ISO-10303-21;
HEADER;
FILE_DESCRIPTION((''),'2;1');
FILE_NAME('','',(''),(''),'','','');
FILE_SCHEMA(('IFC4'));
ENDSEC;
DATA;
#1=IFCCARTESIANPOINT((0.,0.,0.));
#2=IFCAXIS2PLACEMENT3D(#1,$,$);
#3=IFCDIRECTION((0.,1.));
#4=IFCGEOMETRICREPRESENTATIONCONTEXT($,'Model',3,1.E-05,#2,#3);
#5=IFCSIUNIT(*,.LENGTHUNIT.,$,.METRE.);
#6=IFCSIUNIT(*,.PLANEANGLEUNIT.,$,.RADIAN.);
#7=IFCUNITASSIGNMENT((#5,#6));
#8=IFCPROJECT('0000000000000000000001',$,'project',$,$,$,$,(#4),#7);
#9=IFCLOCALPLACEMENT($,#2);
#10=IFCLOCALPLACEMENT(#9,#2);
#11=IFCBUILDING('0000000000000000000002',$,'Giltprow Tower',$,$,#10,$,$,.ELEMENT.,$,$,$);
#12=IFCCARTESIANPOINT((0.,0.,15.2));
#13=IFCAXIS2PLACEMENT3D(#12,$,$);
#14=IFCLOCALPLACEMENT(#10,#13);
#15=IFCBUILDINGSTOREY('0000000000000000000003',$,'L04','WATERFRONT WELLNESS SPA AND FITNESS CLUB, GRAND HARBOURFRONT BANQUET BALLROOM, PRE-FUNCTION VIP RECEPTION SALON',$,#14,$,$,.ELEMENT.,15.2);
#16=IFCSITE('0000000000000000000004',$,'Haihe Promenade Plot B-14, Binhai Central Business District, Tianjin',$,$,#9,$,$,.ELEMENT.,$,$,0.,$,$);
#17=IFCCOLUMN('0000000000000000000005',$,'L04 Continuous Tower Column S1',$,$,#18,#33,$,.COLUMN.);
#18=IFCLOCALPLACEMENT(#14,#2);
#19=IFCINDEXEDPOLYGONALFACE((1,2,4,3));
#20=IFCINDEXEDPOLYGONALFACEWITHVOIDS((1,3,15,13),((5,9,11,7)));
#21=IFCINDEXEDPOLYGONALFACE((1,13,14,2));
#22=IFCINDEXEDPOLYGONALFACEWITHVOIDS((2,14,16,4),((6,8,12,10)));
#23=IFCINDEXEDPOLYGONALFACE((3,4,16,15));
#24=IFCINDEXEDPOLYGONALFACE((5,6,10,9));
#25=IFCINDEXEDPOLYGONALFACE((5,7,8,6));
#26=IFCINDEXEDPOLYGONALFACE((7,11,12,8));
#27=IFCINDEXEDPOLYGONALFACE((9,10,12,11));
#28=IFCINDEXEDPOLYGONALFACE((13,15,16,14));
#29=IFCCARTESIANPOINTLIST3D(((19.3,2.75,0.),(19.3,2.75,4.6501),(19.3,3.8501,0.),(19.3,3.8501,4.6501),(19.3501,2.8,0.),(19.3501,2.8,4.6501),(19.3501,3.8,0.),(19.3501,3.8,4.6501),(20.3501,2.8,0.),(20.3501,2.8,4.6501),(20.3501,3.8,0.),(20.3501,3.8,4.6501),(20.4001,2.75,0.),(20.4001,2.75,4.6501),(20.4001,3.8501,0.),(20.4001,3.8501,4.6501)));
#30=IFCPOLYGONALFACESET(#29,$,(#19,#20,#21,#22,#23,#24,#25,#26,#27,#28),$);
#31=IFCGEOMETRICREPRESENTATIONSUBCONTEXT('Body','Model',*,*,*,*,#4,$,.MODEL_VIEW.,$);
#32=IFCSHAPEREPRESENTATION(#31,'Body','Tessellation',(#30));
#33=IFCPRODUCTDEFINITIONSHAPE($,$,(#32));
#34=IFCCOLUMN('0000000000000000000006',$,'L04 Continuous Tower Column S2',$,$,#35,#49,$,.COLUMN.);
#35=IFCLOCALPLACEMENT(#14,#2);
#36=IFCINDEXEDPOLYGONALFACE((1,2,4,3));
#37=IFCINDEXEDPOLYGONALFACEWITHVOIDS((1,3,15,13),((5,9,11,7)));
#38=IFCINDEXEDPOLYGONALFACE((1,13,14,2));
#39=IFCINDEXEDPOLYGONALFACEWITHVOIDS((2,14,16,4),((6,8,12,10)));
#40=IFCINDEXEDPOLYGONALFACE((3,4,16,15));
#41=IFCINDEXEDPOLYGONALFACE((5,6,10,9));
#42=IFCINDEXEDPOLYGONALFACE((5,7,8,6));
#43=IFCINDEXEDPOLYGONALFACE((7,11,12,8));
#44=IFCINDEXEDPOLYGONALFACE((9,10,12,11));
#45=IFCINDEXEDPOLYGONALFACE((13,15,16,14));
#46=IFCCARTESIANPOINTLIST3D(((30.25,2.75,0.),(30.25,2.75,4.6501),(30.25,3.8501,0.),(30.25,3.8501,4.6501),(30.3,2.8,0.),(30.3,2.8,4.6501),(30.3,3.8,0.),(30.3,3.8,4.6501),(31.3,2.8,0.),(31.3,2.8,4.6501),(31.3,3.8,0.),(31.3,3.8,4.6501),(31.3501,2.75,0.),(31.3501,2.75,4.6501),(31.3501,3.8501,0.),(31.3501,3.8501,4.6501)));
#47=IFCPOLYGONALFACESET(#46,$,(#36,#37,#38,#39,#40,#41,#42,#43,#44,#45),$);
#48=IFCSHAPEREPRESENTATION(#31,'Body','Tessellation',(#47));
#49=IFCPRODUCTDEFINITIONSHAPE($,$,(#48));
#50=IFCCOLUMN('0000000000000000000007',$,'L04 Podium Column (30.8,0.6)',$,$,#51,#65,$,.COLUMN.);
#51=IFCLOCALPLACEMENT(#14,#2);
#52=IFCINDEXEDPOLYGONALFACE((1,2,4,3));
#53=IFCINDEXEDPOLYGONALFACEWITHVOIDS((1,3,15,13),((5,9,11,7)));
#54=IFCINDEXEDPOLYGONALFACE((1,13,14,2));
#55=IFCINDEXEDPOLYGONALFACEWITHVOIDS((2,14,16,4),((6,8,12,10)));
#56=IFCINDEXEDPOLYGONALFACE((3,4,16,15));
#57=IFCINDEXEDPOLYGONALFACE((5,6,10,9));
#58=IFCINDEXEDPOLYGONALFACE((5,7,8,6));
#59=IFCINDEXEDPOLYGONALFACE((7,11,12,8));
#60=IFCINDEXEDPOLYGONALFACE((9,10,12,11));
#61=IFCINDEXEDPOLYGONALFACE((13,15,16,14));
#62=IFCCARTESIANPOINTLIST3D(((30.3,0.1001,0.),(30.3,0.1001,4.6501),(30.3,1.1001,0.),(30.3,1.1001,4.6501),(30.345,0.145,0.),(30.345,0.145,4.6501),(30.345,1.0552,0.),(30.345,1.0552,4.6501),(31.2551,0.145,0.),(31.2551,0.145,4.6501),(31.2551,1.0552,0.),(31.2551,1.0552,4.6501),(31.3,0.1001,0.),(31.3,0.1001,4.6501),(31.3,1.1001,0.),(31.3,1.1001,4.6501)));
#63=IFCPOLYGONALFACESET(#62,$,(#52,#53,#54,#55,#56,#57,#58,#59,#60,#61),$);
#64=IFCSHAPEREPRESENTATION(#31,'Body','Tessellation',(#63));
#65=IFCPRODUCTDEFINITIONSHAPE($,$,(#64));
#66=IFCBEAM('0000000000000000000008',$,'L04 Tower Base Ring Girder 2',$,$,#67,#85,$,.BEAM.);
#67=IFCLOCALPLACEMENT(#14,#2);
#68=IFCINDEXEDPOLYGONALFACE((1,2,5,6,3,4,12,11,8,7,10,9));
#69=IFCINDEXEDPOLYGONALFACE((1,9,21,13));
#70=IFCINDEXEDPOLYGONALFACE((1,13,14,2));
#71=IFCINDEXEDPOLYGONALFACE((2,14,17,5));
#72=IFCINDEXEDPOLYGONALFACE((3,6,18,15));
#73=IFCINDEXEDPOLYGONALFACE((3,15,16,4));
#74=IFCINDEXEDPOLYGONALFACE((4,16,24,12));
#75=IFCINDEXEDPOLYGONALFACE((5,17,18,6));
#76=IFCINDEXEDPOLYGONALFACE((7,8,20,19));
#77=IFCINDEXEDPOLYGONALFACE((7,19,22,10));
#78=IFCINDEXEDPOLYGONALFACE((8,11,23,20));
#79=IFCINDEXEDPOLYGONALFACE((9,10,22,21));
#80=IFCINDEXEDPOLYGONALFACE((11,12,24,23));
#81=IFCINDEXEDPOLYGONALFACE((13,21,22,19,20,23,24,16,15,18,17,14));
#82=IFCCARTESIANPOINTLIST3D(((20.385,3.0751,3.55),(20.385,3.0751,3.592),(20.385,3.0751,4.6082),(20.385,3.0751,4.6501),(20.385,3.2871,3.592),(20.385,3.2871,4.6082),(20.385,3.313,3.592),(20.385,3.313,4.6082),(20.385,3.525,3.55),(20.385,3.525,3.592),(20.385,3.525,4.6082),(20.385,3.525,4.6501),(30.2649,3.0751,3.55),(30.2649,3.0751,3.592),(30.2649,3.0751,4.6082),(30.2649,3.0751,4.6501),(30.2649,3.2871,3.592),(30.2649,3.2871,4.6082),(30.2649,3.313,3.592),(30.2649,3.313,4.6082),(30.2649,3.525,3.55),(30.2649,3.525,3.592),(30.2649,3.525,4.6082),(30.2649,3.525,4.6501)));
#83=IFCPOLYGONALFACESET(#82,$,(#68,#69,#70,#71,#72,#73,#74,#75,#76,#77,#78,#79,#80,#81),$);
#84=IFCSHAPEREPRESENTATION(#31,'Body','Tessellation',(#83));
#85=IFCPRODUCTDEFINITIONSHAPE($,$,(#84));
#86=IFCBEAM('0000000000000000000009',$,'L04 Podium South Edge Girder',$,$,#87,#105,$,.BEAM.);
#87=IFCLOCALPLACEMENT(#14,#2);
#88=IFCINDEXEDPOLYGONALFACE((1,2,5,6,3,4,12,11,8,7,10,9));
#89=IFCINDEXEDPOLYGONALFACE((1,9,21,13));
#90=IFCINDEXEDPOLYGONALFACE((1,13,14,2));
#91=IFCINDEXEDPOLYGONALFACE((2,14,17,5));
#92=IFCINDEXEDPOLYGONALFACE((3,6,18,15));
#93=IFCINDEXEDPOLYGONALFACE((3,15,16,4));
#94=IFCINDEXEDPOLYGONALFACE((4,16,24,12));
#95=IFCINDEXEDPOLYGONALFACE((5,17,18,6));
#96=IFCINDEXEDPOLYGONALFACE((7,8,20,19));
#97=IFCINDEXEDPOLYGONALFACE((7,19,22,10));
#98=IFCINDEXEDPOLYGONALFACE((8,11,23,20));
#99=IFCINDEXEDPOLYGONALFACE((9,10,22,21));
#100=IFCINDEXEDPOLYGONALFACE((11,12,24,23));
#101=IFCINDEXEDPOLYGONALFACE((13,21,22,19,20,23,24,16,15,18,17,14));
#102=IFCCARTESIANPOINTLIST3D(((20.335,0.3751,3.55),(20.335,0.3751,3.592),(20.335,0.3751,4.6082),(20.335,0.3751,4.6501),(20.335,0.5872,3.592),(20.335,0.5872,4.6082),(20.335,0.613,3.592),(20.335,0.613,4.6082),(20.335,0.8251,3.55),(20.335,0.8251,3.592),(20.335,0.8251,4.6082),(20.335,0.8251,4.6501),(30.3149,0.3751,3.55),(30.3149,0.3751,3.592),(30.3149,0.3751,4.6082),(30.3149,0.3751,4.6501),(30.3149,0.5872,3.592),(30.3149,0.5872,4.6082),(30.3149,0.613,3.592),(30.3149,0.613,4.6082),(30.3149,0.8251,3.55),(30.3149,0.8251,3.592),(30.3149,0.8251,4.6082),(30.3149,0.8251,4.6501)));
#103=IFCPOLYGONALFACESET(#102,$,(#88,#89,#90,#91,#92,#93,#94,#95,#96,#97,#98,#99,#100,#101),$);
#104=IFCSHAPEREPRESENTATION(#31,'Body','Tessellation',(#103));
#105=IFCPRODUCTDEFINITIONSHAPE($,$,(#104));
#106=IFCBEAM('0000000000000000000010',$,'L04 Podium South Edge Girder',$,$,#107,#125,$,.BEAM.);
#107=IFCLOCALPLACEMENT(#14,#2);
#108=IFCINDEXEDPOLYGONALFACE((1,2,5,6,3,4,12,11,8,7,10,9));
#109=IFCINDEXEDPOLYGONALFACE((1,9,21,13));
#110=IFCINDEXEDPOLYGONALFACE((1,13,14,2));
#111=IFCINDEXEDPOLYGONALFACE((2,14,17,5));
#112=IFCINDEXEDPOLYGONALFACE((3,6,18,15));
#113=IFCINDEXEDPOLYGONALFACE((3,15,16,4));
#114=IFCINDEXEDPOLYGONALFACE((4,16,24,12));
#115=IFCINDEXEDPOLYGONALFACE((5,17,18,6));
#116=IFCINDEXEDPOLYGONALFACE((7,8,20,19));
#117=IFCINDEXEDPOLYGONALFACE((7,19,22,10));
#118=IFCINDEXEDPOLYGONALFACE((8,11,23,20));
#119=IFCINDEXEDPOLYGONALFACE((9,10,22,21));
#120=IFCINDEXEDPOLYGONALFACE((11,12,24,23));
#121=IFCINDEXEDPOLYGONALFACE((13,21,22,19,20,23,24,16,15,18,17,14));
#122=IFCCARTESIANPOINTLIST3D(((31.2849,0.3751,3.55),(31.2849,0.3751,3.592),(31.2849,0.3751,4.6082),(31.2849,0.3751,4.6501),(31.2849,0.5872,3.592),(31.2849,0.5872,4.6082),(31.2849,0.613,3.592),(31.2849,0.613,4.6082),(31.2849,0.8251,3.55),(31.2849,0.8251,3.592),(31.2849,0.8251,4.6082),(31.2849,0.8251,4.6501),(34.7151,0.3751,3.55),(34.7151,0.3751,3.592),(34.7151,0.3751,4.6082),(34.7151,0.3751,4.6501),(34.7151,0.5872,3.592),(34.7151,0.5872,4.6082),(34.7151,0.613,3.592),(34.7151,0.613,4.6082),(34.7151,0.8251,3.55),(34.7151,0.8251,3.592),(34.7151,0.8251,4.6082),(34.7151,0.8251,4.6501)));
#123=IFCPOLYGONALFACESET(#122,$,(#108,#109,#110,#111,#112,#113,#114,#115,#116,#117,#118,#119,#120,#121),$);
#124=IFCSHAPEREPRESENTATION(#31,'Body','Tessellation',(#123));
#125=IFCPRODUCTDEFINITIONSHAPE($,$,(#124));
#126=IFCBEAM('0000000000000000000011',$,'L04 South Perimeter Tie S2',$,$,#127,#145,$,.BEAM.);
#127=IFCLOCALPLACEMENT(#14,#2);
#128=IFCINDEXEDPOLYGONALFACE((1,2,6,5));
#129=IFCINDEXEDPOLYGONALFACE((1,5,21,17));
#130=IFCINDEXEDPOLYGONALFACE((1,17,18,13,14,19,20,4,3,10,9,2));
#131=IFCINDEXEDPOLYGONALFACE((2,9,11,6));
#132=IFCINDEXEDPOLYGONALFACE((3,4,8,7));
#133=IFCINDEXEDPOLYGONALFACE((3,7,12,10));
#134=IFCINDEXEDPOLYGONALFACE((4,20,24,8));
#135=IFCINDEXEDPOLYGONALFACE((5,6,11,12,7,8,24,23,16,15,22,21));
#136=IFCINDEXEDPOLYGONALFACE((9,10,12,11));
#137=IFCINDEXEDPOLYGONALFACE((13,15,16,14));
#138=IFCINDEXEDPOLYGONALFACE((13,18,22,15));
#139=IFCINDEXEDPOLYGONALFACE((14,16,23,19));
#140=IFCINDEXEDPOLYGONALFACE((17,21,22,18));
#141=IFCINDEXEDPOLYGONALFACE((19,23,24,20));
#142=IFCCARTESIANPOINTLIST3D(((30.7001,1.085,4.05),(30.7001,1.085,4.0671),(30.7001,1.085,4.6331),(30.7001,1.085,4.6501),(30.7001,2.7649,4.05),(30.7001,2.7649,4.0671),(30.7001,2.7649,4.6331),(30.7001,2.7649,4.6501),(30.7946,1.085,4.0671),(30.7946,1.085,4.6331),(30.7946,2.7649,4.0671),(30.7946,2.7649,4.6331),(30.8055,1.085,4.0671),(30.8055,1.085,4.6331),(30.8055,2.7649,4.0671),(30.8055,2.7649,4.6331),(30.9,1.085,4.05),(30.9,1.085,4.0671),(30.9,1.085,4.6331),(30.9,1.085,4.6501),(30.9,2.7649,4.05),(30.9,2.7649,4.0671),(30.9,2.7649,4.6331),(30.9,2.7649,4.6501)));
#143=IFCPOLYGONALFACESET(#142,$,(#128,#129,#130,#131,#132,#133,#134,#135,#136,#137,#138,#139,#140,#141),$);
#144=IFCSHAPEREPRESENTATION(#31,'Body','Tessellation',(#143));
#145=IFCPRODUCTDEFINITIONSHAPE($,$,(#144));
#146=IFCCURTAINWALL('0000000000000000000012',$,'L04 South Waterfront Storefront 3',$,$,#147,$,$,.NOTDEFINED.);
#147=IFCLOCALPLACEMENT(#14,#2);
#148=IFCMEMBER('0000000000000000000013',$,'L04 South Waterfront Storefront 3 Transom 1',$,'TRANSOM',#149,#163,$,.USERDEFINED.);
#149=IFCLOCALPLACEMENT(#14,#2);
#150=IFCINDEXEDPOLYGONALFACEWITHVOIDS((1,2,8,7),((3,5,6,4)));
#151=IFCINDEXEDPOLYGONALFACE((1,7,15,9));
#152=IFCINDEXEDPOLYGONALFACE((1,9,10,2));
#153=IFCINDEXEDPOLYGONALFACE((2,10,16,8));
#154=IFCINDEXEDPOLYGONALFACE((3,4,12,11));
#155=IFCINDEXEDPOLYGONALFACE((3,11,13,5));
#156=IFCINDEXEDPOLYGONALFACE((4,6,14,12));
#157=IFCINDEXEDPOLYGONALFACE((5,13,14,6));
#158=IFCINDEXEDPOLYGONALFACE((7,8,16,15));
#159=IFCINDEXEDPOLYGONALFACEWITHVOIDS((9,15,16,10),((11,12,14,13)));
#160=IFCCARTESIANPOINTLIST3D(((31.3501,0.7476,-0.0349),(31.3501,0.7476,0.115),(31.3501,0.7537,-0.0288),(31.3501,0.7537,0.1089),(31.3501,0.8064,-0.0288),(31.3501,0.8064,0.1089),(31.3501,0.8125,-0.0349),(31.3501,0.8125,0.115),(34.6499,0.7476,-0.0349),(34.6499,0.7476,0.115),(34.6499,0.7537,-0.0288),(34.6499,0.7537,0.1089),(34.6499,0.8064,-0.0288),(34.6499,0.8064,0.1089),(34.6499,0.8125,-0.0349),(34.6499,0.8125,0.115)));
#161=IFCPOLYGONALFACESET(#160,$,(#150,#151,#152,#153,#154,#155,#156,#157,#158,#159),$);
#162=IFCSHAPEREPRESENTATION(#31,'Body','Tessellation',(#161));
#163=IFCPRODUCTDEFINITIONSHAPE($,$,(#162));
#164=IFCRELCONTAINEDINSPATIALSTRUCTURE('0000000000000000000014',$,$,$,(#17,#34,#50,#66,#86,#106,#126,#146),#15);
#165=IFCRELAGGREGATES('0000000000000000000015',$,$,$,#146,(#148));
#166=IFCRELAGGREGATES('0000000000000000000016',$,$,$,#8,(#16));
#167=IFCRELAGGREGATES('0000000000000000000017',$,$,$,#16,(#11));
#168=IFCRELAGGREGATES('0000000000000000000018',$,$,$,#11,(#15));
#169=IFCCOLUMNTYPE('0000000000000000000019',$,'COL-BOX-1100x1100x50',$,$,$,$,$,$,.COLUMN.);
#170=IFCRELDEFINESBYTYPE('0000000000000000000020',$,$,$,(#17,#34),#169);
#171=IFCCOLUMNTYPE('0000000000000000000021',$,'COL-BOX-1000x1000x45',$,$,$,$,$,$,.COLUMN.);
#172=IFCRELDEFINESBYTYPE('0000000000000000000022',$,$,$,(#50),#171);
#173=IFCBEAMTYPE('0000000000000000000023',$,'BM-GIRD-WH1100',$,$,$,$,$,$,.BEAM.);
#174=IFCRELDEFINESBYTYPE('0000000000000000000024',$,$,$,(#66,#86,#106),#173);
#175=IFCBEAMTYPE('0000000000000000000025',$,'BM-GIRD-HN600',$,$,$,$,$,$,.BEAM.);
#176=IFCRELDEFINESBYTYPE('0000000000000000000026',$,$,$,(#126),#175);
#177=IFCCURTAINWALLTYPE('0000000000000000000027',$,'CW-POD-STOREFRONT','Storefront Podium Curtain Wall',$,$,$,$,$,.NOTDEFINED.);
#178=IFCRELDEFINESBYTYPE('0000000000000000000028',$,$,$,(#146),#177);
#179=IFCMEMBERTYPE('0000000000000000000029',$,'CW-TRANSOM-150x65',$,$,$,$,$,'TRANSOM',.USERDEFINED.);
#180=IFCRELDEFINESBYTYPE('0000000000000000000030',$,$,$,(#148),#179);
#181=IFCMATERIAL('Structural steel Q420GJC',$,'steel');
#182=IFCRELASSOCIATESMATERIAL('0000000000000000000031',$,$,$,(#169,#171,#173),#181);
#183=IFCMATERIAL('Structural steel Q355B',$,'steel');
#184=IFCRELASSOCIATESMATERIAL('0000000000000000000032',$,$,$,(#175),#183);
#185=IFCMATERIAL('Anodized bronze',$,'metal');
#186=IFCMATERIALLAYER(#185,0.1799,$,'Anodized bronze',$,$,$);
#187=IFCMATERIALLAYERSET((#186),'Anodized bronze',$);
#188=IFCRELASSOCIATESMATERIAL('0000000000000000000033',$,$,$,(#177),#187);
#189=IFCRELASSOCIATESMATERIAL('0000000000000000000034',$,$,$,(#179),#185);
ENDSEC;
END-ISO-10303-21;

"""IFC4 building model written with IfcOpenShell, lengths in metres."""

from ifc_helpers import new_model, si_unit, direction, frame, origin, origin_2d, place, context, subcontext, project, spatial, hollow_rectangle, i_section, extrude, source, transform, mapped, material, layer, layer_set, material_profile, profile_set, type_object, element, aggregate, save


model = new_model("IFC4")

# Units and contexts
model_context = context("Model", 3, precision=1e-05, world=origin(), true_north=direction((0.0, 1.0)))
body_context = subcontext(model_context, "Body", "Model", "MODEL_VIEW")
ifc_project = project(units=[si_unit("LENGTHUNIT", "METRE"), si_unit("PLANEANGLEUNIT", "RADIAN")], contexts=[model_context])

# Site, building, storey
site_placement = place(None, origin())
site = spatial("IfcSite", under=ifc_project, at=site_placement, Name="Haihe Promenade Plot B-14, Binhai Central Business District, Tianjin", CompositionType="ELEMENT", RefElevation=0.0)
building_placement = place(site_placement, origin())
building = spatial("IfcBuilding", under=site, at=building_placement, Name="Giltprow Tower", CompositionType="ELEMENT")
storey_placement = place(building_placement, frame((0.0, 0.0, 15.2)))
storey = spatial("IfcBuildingStorey", under=building, at=storey_placement, Name="L04", Description="WATERFRONT WELLNESS SPA AND FITNESS CLUB, GRAND HARBOURFRONT BANQUET BALLROOM, PRE-FUNCTION VIP RECEPTION SALON", CompositionType="ELEMENT", Elevation=15.2)

# Columns
ifc_material_1 = material(Name="Structural steel Q420GJC", Category="steel")
ifc_material_profile_1 = material_profile(ifc_material_1, hollow_rectangle(XDim=1.1001, YDim=1.1001, WallThickness=0.05, at=origin_2d()), Name="BOX 1100x1100x50")
ifc_profile_set_1 = profile_set([ifc_material_profile_1], Name="Structural steel Q420GJC")
column_type_1 = type_object("IfcColumnType", Name="COL-BOX-1100x1100x50", PredefinedType="COLUMN", material=ifc_profile_set_1)
shared_shape_1 = source(origin(), body_context, "Body", "SweptSolid", [
    extrude(hollow_rectangle(XDim=1.1001, YDim=1.1001, WallThickness=0.05, at=origin_2d()), origin(), (0.0, 0.0, 1.0), 4.6501),
])
for number, where, z_axis, x_axis, name in (
    (1, (19.8501, 3.3, 0.0), (0.0, 0.0, 1.0), (1.0, 0.0, 0.0), "L04 Continuous Tower Column S1"),
    (2, (30.8, 3.3, 0.0), (0.0, 0.0, 1.0), (1.0, 0.0, 0.0), "L04 Continuous Tower Column S2"),
):
    element("IfcColumn", number, at=place(storey_placement, frame(where, z_axis=z_axis, x_axis=x_axis)), inside=storey, type_object=column_type_1, Name=name, PredefinedType="COLUMN", context=body_context, shape_type="MappedRepresentation", body=[
        mapped(shared_shape_1, transform((0.0, 0.0, 0.0), x_axis=(1.0, 0.0, 0.0), y_axis=(0.0, 1.0, 0.0), z_axis=(0.0, 0.0, 1.0), scale=1.0)),
    ])
ifc_material_profile_2 = material_profile(ifc_material_1, hollow_rectangle(XDim=1.0, YDim=1.0, WallThickness=0.0449, at=origin_2d()), Name="BOX 1000x1000x45")
ifc_profile_set_2 = profile_set([ifc_material_profile_2], Name="Structural steel Q420GJC")
column_type_2 = type_object("IfcColumnType", Name="COL-BOX-1000x1000x45", PredefinedType="COLUMN", material=ifc_profile_set_2)
shared_shape_2 = source(origin(), body_context, "Body", "SweptSolid", [
    extrude(hollow_rectangle(XDim=1.0, YDim=1.0, WallThickness=0.0449, at=origin_2d()), origin(), (0.0, 0.0, 1.0), 4.6501),
])
column_placement = place(storey_placement, frame((30.8, 0.6001, 0.0), z_axis=(0.0, 0.0, 1.0), x_axis=(1.0, 0.0, 0.0)))
element("IfcColumn", 3, at=column_placement, inside=storey, type_object=column_type_2, Name="L04 Podium Column (30.8,0.6)", PredefinedType="COLUMN", context=body_context, shape_type="MappedRepresentation", body=[
    mapped(shared_shape_2, transform((0.0, 0.0, 0.0), x_axis=(1.0, 0.0, 0.0), y_axis=(0.0, 1.0, 0.0), z_axis=(0.0, 0.0, 1.0), scale=1.0)),
])

# Beams
ifc_material_profile_3 = material_profile(ifc_material_1, i_section(OverallWidth=0.45, OverallDepth=1.1001, WebThickness=0.0259, FlangeThickness=0.042, at=origin_2d()), Name="WH 1100x450x26x42")
ifc_profile_set_3 = profile_set([ifc_material_profile_3], Name="Structural steel Q420GJC")
beam_type_1 = type_object("IfcBeamType", Name="BM-GIRD-WH1100", PredefinedType="BEAM", material=ifc_profile_set_3)
shared_shape_3 = source(origin(), body_context, "Body", "SweptSolid", [
    extrude(i_section(OverallWidth=0.45, OverallDepth=1.1001, WebThickness=0.0259, FlangeThickness=0.042, at=origin_2d()), origin(), (0.0, 0.0, 1.0), 9.8799),
])
beam_1_placement = place(storey_placement, frame((20.385, 3.3, 4.1001), z_axis=(1.0, 0.0, 0.0), x_axis=(0.0, 1.0, 0.0)))
element("IfcBeam", 4, at=beam_1_placement, inside=storey, type_object=beam_type_1, Name="L04 Tower Base Ring Girder 2", PredefinedType="BEAM", context=body_context, shape_type="MappedRepresentation", body=[
    mapped(shared_shape_3, transform((0.0, 0.0, 0.0), x_axis=(1.0, 0.0, 0.0), y_axis=(0.0, 1.0, 0.0), z_axis=(0.0, 0.0, 1.0), scale=1.0)),
])
shared_shape_4 = source(origin(), body_context, "Body", "SweptSolid", [
    extrude(i_section(OverallWidth=0.45, OverallDepth=1.1001, WebThickness=0.0259, FlangeThickness=0.042, at=origin_2d()), origin(), (0.0, 0.0, 1.0), 9.98),
])
beam_2_placement = place(storey_placement, frame((20.335, 0.6001, 4.1001), z_axis=(1.0, 0.0, 0.0), x_axis=(0.0, 1.0, 0.0)))
element("IfcBeam", 5, at=beam_2_placement, inside=storey, type_object=beam_type_1, Name="L04 Podium South Edge Girder", PredefinedType="BEAM", context=body_context, shape_type="MappedRepresentation", body=[
    mapped(shared_shape_4, transform((0.0, 0.0, 0.0), x_axis=(1.0, 0.0, 0.0), y_axis=(0.0, 1.0, 0.0), z_axis=(0.0, 0.0, 1.0), scale=1.0)),
])
shared_shape_5 = source(origin(), body_context, "Body", "SweptSolid", [
    extrude(i_section(OverallWidth=0.45, OverallDepth=1.1001, WebThickness=0.0259, FlangeThickness=0.042, at=origin_2d()), origin(), (0.0, 0.0, 1.0), 3.4302),
])
beam_3_placement = place(storey_placement, frame((31.2849, 0.6001, 4.1001), z_axis=(1.0, 0.0, 0.0), x_axis=(0.0, 1.0, 0.0)))
element("IfcBeam", 6, at=beam_3_placement, inside=storey, type_object=beam_type_1, Name="L04 Podium South Edge Girder", PredefinedType="BEAM", context=body_context, shape_type="MappedRepresentation", body=[
    mapped(shared_shape_5, transform((0.0, 0.0, 0.0), x_axis=(1.0, 0.0, 0.0), y_axis=(0.0, 1.0, 0.0), z_axis=(0.0, 0.0, 1.0), scale=1.0)),
])
ifc_material_2 = material(Name="Structural steel Q355B", Category="steel")
ifc_material_profile_4 = material_profile(ifc_material_2, i_section(OverallWidth=0.2, OverallDepth=0.6001, WebThickness=0.011, FlangeThickness=0.0171, at=origin_2d()), Name="HN 600x200x11x17")
ifc_profile_set_4 = profile_set([ifc_material_profile_4], Name="Structural steel Q355B")
beam_type_2 = type_object("IfcBeamType", Name="BM-GIRD-HN600", PredefinedType="BEAM", material=ifc_profile_set_4)
shared_shape_6 = source(origin(), body_context, "Body", "SweptSolid", [
    extrude(i_section(OverallWidth=0.2, OverallDepth=0.6001, WebThickness=0.011, FlangeThickness=0.0171, at=origin_2d()), origin(), (0.0, 0.0, 1.0), 1.6799),
])
beam_4_placement = place(storey_placement, frame((30.8, 1.085, 4.3501), z_axis=(0.0, 1.0, 0.0), x_axis=(-1.0, 0.0, 0.0)))
element("IfcBeam", 7, at=beam_4_placement, inside=storey, type_object=beam_type_2, Name="L04 South Perimeter Tie S2", PredefinedType="BEAM", context=body_context, shape_type="MappedRepresentation", body=[
    mapped(shared_shape_6, transform((0.0, 0.0, 0.0), x_axis=(1.0, 0.0, 0.0), y_axis=(0.0, 1.0, 0.0), z_axis=(0.0, 0.0, 1.0), scale=1.0)),
])

# Curtain wall, member
ifc_material_3 = material(Name="Anodized bronze", Category="metal")
ifc_layer_1 = layer(ifc_material_3, 0.1799, Name="Anodized bronze")
ifc_layer_set_1 = layer_set([ifc_layer_1], Name="Anodized bronze")
curtain_wall_type = type_object("IfcCurtainWallType", Name="CW-POD-STOREFRONT", Description="Storefront Podium Curtain Wall", PredefinedType="NOTDEFINED", material=ifc_layer_set_1)
curtain_wall_placement = place(storey_placement, origin())
curtain_wall = element("IfcCurtainWall", 8, at=curtain_wall_placement, inside=storey, type_object=curtain_wall_type, Name="L04 South Waterfront Storefront 3", PredefinedType="NOTDEFINED")
ifc_material_profile_5 = material_profile(ifc_material_3, hollow_rectangle(XDim=0.0649, YDim=0.1499, WallThickness=0.0061, at=origin_2d()), Name="RHS 150x65x6")
ifc_profile_set_5 = profile_set([ifc_material_profile_5], Name="Anodized bronze")
member_type_1 = type_object("IfcMemberType", Name="CW-TRANSOM-150x65", ElementType="TRANSOM", PredefinedType="USERDEFINED", material=ifc_profile_set_5)
shared_shape_7 = source(origin(), body_context, "Body", "SweptSolid", [
    extrude(hollow_rectangle(XDim=0.0649, YDim=0.1499, WallThickness=0.0061, at=origin_2d()), origin(), (0.0, 0.0, 1.0), 3.2998),
])
member_1_placement = place(storey_placement, frame((31.3501, 0.78, 0.04), z_axis=(1.0, 0.0, 0.0), x_axis=(0.0, 1.0, 0.0)))
member_1 = element("IfcMember", 9, at=member_1_placement, type_object=member_type_1, Name="L04 South Waterfront Storefront 3 Transom 1", ObjectType="TRANSOM", PredefinedType="USERDEFINED", context=body_context, shape_type="MappedRepresentation", body=[
    mapped(shared_shape_7, transform((0.0, 0.0, 0.0), x_axis=(1.0, 0.0, 0.0), y_axis=(0.0, 1.0, 0.0), z_axis=(0.0, 0.0, 1.0), scale=1.0)),
])
aggregate(curtain_wall, [member_1])

save(model, "model.ifc")
